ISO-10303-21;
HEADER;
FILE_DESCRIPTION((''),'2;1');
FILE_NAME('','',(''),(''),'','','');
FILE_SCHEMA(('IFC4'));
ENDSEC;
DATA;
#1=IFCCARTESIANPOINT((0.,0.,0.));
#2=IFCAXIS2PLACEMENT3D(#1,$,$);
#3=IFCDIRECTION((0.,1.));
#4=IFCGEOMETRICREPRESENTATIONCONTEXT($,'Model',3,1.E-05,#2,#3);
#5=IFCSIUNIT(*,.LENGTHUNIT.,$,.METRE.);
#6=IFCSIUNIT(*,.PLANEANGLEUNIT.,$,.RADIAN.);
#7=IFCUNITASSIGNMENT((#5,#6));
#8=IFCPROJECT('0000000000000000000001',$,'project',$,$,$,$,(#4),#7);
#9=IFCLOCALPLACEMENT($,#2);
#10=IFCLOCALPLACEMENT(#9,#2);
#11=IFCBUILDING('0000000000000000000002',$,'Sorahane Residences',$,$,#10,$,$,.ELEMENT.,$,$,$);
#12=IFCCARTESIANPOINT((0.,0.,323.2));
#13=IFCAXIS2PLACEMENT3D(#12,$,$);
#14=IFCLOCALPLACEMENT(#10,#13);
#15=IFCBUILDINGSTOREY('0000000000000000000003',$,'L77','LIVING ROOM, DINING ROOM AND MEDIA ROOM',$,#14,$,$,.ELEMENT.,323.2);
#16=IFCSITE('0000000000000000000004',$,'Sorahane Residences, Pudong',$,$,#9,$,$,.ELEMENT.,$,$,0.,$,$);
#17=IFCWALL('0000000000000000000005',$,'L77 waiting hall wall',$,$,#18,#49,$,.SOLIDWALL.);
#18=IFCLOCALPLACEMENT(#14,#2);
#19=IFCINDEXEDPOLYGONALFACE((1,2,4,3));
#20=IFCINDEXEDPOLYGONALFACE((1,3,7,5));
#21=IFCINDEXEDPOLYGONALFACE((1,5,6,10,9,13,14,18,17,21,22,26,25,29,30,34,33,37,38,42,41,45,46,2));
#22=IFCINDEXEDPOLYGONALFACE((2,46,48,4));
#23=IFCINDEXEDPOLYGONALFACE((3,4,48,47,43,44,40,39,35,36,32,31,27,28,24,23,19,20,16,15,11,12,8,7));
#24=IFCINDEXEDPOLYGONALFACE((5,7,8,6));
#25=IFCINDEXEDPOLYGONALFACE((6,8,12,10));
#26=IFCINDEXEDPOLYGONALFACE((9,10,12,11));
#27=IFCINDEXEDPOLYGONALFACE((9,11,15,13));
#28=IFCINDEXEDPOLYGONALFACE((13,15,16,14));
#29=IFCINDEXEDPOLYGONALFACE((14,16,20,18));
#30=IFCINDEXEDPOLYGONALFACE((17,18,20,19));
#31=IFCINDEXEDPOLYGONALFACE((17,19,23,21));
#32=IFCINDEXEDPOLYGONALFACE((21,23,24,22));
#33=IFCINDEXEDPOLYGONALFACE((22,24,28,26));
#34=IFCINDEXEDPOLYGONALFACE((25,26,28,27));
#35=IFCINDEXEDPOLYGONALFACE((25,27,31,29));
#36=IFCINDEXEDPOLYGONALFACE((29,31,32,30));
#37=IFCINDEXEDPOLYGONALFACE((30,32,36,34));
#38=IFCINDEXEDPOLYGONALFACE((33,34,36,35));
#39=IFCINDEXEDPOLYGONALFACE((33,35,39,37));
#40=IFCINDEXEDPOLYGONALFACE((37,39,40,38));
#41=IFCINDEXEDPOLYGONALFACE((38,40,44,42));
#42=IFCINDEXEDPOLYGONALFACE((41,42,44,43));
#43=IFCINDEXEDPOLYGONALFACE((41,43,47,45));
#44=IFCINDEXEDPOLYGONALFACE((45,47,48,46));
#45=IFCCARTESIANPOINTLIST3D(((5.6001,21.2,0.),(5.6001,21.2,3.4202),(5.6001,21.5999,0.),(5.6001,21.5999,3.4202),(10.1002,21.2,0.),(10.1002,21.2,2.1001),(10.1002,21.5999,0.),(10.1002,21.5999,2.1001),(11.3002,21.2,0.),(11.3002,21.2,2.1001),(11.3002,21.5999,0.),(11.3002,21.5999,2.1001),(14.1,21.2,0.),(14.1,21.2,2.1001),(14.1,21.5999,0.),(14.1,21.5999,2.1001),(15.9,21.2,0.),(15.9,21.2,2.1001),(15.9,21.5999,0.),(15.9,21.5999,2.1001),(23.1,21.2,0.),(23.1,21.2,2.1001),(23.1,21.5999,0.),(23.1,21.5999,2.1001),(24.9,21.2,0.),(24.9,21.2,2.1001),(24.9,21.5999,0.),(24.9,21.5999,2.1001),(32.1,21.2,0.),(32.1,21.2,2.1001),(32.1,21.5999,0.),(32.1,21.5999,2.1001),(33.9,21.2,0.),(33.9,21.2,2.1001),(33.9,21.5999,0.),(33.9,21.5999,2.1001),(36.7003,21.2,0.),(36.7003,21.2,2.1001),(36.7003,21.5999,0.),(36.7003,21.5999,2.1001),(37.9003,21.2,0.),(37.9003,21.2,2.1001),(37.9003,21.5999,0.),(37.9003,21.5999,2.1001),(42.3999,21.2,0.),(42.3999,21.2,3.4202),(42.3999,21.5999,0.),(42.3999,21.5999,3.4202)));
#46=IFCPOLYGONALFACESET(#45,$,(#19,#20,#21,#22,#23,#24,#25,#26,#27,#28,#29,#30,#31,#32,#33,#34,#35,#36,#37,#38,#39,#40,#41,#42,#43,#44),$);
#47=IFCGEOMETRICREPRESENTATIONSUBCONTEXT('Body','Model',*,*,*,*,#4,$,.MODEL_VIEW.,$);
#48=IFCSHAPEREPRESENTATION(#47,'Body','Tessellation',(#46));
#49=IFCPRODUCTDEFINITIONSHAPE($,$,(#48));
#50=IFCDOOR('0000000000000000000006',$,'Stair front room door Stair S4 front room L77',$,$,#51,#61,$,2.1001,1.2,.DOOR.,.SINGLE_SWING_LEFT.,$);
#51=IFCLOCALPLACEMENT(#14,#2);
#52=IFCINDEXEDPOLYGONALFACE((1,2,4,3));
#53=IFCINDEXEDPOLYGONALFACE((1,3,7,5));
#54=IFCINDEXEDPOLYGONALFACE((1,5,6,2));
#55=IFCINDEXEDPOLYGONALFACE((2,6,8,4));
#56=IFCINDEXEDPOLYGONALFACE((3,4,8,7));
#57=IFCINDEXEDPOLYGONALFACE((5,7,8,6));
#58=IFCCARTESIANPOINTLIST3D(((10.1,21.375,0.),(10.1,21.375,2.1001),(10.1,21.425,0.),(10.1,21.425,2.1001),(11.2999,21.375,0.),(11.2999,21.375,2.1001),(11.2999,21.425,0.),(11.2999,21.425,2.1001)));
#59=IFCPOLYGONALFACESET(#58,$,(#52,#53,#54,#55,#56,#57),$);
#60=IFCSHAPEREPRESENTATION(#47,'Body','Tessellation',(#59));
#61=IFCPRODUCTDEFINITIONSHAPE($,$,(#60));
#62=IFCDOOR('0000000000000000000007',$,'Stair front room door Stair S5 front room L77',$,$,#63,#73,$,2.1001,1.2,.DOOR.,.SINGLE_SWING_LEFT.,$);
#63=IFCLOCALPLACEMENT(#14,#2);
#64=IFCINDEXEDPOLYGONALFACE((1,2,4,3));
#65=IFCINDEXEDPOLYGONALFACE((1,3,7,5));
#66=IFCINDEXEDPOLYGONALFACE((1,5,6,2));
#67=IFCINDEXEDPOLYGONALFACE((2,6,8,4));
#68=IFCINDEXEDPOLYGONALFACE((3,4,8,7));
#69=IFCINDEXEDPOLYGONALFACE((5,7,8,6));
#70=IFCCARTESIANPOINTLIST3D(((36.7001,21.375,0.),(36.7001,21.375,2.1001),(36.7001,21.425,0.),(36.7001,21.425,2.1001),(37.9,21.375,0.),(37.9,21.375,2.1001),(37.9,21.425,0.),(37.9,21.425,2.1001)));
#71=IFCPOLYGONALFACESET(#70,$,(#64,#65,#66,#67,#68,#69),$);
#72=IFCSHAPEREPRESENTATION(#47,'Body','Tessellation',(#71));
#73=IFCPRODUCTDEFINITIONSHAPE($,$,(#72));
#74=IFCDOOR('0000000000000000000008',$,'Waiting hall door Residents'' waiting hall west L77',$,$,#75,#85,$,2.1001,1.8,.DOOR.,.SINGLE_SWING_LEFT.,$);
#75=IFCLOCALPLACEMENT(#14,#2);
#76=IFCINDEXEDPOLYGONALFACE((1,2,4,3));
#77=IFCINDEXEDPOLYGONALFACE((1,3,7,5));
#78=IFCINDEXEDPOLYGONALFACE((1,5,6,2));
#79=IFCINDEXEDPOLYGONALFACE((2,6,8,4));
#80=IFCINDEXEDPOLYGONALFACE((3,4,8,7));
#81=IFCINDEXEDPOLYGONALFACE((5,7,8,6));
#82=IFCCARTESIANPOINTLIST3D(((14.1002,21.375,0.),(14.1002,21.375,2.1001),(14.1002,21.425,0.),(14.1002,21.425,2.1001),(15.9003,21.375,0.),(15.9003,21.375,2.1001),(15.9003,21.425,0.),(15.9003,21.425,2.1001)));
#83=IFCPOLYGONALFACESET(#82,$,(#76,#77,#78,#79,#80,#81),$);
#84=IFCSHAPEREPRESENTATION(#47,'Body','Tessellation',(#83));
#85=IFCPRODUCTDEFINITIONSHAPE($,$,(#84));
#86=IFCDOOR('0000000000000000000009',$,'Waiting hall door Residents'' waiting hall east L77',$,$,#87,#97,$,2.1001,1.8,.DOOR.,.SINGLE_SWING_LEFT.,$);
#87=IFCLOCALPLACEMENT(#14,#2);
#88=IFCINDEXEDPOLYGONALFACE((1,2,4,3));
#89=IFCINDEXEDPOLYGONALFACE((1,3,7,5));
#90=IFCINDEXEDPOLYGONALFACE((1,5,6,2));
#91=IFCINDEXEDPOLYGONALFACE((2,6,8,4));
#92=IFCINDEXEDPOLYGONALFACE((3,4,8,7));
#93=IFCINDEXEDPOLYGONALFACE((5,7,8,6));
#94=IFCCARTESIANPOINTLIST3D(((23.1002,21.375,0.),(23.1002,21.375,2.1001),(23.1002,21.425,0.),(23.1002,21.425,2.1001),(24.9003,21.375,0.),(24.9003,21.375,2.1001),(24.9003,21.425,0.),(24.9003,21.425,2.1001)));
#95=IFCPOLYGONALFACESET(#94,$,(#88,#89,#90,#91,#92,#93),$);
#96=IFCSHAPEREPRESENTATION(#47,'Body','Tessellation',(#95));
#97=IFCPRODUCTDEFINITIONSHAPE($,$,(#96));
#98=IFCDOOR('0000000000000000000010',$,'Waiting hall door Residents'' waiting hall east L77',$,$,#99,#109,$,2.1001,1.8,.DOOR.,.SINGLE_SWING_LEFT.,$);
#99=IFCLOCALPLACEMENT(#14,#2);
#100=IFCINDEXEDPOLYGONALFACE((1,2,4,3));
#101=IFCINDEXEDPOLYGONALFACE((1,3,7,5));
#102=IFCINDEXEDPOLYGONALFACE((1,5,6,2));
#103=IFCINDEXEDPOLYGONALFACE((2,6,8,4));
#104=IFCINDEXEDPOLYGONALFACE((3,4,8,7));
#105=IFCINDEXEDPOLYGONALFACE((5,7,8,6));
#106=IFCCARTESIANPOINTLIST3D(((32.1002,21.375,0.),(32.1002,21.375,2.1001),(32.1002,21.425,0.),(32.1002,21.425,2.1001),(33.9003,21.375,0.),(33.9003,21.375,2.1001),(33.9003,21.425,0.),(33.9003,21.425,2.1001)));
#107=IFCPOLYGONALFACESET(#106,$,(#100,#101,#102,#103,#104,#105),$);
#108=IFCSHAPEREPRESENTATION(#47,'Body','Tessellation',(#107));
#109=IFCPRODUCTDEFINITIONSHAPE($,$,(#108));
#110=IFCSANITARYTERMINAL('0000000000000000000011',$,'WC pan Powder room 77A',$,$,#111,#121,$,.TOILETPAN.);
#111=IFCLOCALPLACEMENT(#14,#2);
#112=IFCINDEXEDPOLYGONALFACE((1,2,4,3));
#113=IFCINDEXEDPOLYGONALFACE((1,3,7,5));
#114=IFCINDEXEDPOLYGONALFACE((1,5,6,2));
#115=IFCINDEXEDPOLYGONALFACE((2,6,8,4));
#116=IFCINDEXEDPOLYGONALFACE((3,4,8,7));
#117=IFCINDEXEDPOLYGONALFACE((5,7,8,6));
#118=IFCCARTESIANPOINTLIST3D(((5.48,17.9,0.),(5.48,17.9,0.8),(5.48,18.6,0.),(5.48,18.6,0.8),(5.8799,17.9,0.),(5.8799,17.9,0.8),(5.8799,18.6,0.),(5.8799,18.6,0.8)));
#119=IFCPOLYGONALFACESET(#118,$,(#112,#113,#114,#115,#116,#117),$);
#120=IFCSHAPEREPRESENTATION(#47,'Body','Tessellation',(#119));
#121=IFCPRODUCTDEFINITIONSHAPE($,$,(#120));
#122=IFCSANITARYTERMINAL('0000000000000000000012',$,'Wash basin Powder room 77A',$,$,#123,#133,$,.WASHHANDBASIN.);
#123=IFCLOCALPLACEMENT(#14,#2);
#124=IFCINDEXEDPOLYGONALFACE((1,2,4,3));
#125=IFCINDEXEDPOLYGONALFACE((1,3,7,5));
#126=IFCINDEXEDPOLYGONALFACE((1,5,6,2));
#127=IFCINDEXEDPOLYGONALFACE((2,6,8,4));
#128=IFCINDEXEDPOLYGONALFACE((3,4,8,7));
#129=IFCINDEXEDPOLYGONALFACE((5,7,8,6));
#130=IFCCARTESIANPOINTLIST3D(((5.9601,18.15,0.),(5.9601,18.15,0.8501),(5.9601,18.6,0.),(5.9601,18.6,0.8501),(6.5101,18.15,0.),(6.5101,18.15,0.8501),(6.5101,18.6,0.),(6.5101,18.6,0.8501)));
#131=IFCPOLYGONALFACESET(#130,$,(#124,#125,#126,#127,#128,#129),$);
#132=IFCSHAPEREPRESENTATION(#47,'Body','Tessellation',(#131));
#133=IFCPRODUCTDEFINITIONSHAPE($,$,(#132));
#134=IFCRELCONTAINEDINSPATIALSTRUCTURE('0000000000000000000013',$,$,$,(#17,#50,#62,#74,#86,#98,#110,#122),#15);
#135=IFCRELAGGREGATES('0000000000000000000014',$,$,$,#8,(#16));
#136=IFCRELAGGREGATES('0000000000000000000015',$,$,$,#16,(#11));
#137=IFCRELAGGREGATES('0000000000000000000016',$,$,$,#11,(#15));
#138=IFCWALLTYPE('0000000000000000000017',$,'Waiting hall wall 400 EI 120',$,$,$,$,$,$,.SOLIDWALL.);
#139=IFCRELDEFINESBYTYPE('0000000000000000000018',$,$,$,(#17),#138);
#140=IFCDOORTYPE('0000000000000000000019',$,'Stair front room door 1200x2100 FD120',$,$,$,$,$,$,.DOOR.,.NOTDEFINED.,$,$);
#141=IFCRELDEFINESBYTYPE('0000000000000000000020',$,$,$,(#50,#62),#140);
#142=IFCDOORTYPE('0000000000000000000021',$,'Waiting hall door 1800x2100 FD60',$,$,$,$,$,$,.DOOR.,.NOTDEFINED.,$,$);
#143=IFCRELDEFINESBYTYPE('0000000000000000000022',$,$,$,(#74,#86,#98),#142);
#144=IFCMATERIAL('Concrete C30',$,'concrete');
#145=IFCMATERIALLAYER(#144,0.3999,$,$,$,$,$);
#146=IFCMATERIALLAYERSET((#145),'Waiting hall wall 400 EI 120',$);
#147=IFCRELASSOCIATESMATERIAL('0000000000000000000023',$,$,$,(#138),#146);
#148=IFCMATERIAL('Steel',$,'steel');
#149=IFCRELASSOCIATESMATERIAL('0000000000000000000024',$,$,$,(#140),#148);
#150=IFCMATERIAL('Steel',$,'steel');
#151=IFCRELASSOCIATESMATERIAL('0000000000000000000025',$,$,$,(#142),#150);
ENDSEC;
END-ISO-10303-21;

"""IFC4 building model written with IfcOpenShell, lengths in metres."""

from ifc_helpers import new_model, si_unit, direction, frame, frame_2d, origin, origin_2d, place, context, subcontext, project, spatial, rectangle, extrude, material, layer, layer_set, type_object, element, fill, save


model = new_model("IFC4")

# Units and contexts
model_context = context("Model", 3, precision=1e-05, world=origin(), true_north=direction((0.0, 1.0)))
body_context = subcontext(model_context, "Body", "Model", "MODEL_VIEW")
ifc_project = project(units=[si_unit("LENGTHUNIT", "METRE"), si_unit("PLANEANGLEUNIT", "RADIAN")], contexts=[model_context])

# Site, building, storey
site_placement = place(None, origin())
site = spatial("IfcSite", under=ifc_project, at=site_placement, Name="Sorahane Residences, Pudong", CompositionType="ELEMENT", RefElevation=0.0)
building_placement = place(site_placement, origin())
building = spatial("IfcBuilding", under=site, at=building_placement, Name="Sorahane Residences", CompositionType="ELEMENT")
storey_placement = place(building_placement, frame((0.0, 0.0, 323.2)))
storey = spatial("IfcBuildingStorey", under=building, at=storey_placement, Name="L77", Description="LIVING ROOM, DINING ROOM AND MEDIA ROOM", CompositionType="ELEMENT", Elevation=323.2)

# Wall, openings, doors
ifc_material_1 = material(Name="Concrete C30", Category="concrete")
ifc_layer_1 = layer(ifc_material_1, 0.3999)
ifc_layer_set_1 = layer_set([ifc_layer_1], Name="Waiting hall wall 400 EI 120")
wall_type_1 = type_object("IfcWallType", Name="Waiting hall wall 400 EI 120", PredefinedType="SOLIDWALL", material=ifc_layer_set_1)
wall_1_placement = place(storey_placement, frame((5.6001, 21.3999, 0.0), z_axis=(0.0, 0.0, 1.0), x_axis=(1.0, 0.0, 0.0)))
wall_1 = element("IfcWall", 1, at=wall_1_placement, inside=storey, type_object=wall_type_1, Name="L77 waiting hall wall", PredefinedType="SOLIDWALL", context=body_context, shape_type="SweptSolid", body=[
    extrude(rectangle(XDim=36.7998, YDim=0.3999, at=frame_2d((18.3999, 0.0))), origin(), (0.0, 0.0, 1.0), 3.4202),
])
opening_1_placement = place(wall_1_placement, frame((8.5, 0.0, 0.0)))
opening_1 = element("IfcOpeningElement", 2, at=opening_1_placement, cuts=wall_1, PredefinedType="OPENING", context=body_context, shape_type="SweptSolid", body=[
    extrude(rectangle(XDim=1.8, YDim=2.1001, at=frame_2d((0.8999, 1.05))), frame((0.0, 0.21, 0.0), z_axis=(0.0, -1.0, 0.0), x_axis=(1.0, 0.0, 0.0)), (0.0, 0.0, 1.0), 0.4199),
])
opening_2_placement = place(wall_1_placement, frame((17.5, 0.0, 0.0)))
opening_2 = element("IfcOpeningElement", 3, at=opening_2_placement, cuts=wall_1, PredefinedType="OPENING", context=body_context, shape_type="SweptSolid", body=[
    extrude(rectangle(XDim=1.8, YDim=2.1001, at=frame_2d((0.8999, 1.05))), frame((0.0, 0.21, 0.0), z_axis=(0.0, -1.0, 0.0), x_axis=(1.0, 0.0, 0.0)), (0.0, 0.0, 1.0), 0.4199),
])
opening_3_placement = place(wall_1_placement, frame((26.5, 0.0, 0.0)))
opening_3 = element("IfcOpeningElement", 4, at=opening_3_placement, cuts=wall_1, PredefinedType="OPENING", context=body_context, shape_type="SweptSolid", body=[
    extrude(rectangle(XDim=1.8, YDim=2.1001, at=frame_2d((0.8999, 1.05))), frame((0.0, 0.21, 0.0), z_axis=(0.0, -1.0, 0.0), x_axis=(1.0, 0.0, 0.0)), (0.0, 0.0, 1.0), 0.4199),
])
opening_4_placement = place(wall_1_placement, frame((4.5, 0.0, 0.0)))
opening_4 = element("IfcOpeningElement", 5, at=opening_4_placement, cuts=wall_1, PredefinedType="OPENING", context=body_context, shape_type="SweptSolid", body=[
    extrude(rectangle(XDim=1.2, YDim=2.1001, at=frame_2d((0.6001, 1.05))), frame((0.0, 0.21, 0.0), z_axis=(0.0, -1.0, 0.0), x_axis=(1.0, 0.0, 0.0)), (0.0, 0.0, 1.0), 0.4199),
])
opening_5_placement = place(wall_1_placement, frame((31.1001, 0.0, 0.0)))
opening_5 = element("IfcOpeningElement", 6, at=opening_5_placement, cuts=wall_1, PredefinedType="OPENING", context=body_context, shape_type="SweptSolid", body=[
    extrude(rectangle(XDim=1.2, YDim=2.1001, at=frame_2d((0.6001, 1.05))), frame((0.0, 0.21, 0.0), z_axis=(0.0, -1.0, 0.0), x_axis=(1.0, 0.0, 0.0)), (0.0, 0.0, 1.0), 0.4199),
])
ifc_material_2 = material(Name="Steel", Category="steel")
door_type_1 = type_object("IfcDoorType", Name="Stair front room door 1200x2100 FD120", OperationType="NOTDEFINED", PredefinedType="DOOR", material=ifc_material_2)
door_1_placement = place(opening_4_placement, frame((1.2, 0.0, 0.0), z_axis=(0.0, 0.0, 1.0), x_axis=(-1.0, 0.0, 0.0)))
door_1 = element("IfcDoor", 7, at=door_1_placement, inside=storey, type_object=door_type_1, Name="Stair front room door Stair S4 front room L77", OperationType="SINGLE_SWING_LEFT", OverallHeight=2.1001, OverallWidth=1.2, PredefinedType="DOOR", context=body_context, shape_type="SweptSolid", body=[
    extrude(rectangle(XDim=1.2, YDim=2.1001, at=frame_2d((0.6001, 1.05))), frame((0.0, 0.0249, 0.0), z_axis=(0.0, -1.0, 0.0), x_axis=(1.0, 0.0, 0.0)), (0.0, 0.0, 1.0), 0.05),
])
fill(opening_4, door_1)
door_2_placement = place(opening_5_placement, frame((1.2, 0.0, 0.0), z_axis=(0.0, 0.0, 1.0), x_axis=(-1.0, 0.0, 0.0)))
door_2 = element("IfcDoor", 8, at=door_2_placement, inside=storey, type_object=door_type_1, Name="Stair front room door Stair S5 front room L77", OperationType="SINGLE_SWING_LEFT", OverallHeight=2.1001, OverallWidth=1.2, PredefinedType="DOOR", context=body_context, shape_type="SweptSolid", body=[
    extrude(rectangle(XDim=1.2, YDim=2.1001, at=frame_2d((0.6001, 1.05))), frame((0.0, 0.0249, 0.0), z_axis=(0.0, -1.0, 0.0), x_axis=(1.0, 0.0, 0.0)), (0.0, 0.0, 1.0), 0.05),
])
fill(opening_5, door_2)
ifc_material_3 = material(Name="Steel", Category="steel")
door_type_2 = type_object("IfcDoorType", Name="Waiting hall door 1800x2100 FD60", OperationType="NOTDEFINED", PredefinedType="DOOR", material=ifc_material_3)
door_3_placement = place(opening_1_placement, frame((1.8, 0.0, 0.0), z_axis=(0.0, 0.0, 1.0), x_axis=(-1.0, 0.0, 0.0)))
door_3 = element("IfcDoor", 9, at=door_3_placement, inside=storey, type_object=door_type_2, Name="Waiting hall door Residents' waiting hall west L77", OperationType="SINGLE_SWING_LEFT", OverallHeight=2.1001, OverallWidth=1.8, PredefinedType="DOOR", context=body_context, shape_type="SweptSolid", body=[
    extrude(rectangle(XDim=1.8, YDim=2.1001, at=frame_2d((0.8999, 1.05))), frame((0.0, 0.0249, 0.0), z_axis=(0.0, -1.0, 0.0), x_axis=(1.0, 0.0, 0.0)), (0.0, 0.0, 1.0), 0.05),
])
fill(opening_1, door_3)
door_4_placement = place(opening_2_placement, frame((1.8, 0.0, 0.0), z_axis=(0.0, 0.0, 1.0), x_axis=(-1.0, 0.0, 0.0)))
door_4 = element("IfcDoor", 10, at=door_4_placement, inside=storey, type_object=door_type_2, Name="Waiting hall door Residents' waiting hall east L77", OperationType="SINGLE_SWING_LEFT", OverallHeight=2.1001, OverallWidth=1.8, PredefinedType="DOOR", context=body_context, shape_type="SweptSolid", body=[
    extrude(rectangle(XDim=1.8, YDim=2.1001, at=frame_2d((0.8999, 1.05))), frame((0.0, 0.0249, 0.0), z_axis=(0.0, -1.0, 0.0), x_axis=(1.0, 0.0, 0.0)), (0.0, 0.0, 1.0), 0.05),
])
fill(opening_2, door_4)
door_5_placement = place(opening_3_placement, frame((1.8, 0.0, 0.0), z_axis=(0.0, 0.0, 1.0), x_axis=(-1.0, 0.0, 0.0)))
door_5 = element("IfcDoor", 11, at=door_5_placement, inside=storey, type_object=door_type_2, Name="Waiting hall door Residents' waiting hall east L77", OperationType="SINGLE_SWING_LEFT", OverallHeight=2.1001, OverallWidth=1.8, PredefinedType="DOOR", context=body_context, shape_type="SweptSolid", body=[
    extrude(rectangle(XDim=1.8, YDim=2.1001, at=frame_2d((0.8999, 1.05))), frame((0.0, 0.0249, 0.0), z_axis=(0.0, -1.0, 0.0), x_axis=(1.0, 0.0, 0.0)), (0.0, 0.0, 1.0), 0.05),
])
fill(opening_3, door_5)

# Sanitary terminals
sanitary_terminal_1_placement = place(storey_placement, frame((5.6799, 18.25, 0.0), z_axis=(0.0, 0.0, 1.0), x_axis=(1.0, 0.0, 0.0)))
element("IfcSanitaryTerminal", 12, at=sanitary_terminal_1_placement, inside=storey, Name="WC pan Powder room 77A", PredefinedType="TOILETPAN", context=body_context, shape_type="SweptSolid", body=[
    extrude(rectangle(XDim=0.3999, YDim=0.7, at=origin_2d()), origin(), (0.0, 0.0, 1.0), 0.8),
])
sanitary_terminal_2_placement = place(storey_placement, frame((6.2351, 18.375, 0.0), z_axis=(0.0, 0.0, 1.0), x_axis=(1.0, 0.0, 0.0)))
element("IfcSanitaryTerminal", 13, at=sanitary_terminal_2_placement, inside=storey, Name="Wash basin Powder room 77A", PredefinedType="WASHHANDBASIN", context=body_context, shape_type="SweptSolid", body=[
    extrude(rectangle(XDim=0.55, YDim=0.45, at=origin_2d()), origin(), (0.0, 0.0, 1.0), 0.8501),
])

save(model, "model.ifc")
